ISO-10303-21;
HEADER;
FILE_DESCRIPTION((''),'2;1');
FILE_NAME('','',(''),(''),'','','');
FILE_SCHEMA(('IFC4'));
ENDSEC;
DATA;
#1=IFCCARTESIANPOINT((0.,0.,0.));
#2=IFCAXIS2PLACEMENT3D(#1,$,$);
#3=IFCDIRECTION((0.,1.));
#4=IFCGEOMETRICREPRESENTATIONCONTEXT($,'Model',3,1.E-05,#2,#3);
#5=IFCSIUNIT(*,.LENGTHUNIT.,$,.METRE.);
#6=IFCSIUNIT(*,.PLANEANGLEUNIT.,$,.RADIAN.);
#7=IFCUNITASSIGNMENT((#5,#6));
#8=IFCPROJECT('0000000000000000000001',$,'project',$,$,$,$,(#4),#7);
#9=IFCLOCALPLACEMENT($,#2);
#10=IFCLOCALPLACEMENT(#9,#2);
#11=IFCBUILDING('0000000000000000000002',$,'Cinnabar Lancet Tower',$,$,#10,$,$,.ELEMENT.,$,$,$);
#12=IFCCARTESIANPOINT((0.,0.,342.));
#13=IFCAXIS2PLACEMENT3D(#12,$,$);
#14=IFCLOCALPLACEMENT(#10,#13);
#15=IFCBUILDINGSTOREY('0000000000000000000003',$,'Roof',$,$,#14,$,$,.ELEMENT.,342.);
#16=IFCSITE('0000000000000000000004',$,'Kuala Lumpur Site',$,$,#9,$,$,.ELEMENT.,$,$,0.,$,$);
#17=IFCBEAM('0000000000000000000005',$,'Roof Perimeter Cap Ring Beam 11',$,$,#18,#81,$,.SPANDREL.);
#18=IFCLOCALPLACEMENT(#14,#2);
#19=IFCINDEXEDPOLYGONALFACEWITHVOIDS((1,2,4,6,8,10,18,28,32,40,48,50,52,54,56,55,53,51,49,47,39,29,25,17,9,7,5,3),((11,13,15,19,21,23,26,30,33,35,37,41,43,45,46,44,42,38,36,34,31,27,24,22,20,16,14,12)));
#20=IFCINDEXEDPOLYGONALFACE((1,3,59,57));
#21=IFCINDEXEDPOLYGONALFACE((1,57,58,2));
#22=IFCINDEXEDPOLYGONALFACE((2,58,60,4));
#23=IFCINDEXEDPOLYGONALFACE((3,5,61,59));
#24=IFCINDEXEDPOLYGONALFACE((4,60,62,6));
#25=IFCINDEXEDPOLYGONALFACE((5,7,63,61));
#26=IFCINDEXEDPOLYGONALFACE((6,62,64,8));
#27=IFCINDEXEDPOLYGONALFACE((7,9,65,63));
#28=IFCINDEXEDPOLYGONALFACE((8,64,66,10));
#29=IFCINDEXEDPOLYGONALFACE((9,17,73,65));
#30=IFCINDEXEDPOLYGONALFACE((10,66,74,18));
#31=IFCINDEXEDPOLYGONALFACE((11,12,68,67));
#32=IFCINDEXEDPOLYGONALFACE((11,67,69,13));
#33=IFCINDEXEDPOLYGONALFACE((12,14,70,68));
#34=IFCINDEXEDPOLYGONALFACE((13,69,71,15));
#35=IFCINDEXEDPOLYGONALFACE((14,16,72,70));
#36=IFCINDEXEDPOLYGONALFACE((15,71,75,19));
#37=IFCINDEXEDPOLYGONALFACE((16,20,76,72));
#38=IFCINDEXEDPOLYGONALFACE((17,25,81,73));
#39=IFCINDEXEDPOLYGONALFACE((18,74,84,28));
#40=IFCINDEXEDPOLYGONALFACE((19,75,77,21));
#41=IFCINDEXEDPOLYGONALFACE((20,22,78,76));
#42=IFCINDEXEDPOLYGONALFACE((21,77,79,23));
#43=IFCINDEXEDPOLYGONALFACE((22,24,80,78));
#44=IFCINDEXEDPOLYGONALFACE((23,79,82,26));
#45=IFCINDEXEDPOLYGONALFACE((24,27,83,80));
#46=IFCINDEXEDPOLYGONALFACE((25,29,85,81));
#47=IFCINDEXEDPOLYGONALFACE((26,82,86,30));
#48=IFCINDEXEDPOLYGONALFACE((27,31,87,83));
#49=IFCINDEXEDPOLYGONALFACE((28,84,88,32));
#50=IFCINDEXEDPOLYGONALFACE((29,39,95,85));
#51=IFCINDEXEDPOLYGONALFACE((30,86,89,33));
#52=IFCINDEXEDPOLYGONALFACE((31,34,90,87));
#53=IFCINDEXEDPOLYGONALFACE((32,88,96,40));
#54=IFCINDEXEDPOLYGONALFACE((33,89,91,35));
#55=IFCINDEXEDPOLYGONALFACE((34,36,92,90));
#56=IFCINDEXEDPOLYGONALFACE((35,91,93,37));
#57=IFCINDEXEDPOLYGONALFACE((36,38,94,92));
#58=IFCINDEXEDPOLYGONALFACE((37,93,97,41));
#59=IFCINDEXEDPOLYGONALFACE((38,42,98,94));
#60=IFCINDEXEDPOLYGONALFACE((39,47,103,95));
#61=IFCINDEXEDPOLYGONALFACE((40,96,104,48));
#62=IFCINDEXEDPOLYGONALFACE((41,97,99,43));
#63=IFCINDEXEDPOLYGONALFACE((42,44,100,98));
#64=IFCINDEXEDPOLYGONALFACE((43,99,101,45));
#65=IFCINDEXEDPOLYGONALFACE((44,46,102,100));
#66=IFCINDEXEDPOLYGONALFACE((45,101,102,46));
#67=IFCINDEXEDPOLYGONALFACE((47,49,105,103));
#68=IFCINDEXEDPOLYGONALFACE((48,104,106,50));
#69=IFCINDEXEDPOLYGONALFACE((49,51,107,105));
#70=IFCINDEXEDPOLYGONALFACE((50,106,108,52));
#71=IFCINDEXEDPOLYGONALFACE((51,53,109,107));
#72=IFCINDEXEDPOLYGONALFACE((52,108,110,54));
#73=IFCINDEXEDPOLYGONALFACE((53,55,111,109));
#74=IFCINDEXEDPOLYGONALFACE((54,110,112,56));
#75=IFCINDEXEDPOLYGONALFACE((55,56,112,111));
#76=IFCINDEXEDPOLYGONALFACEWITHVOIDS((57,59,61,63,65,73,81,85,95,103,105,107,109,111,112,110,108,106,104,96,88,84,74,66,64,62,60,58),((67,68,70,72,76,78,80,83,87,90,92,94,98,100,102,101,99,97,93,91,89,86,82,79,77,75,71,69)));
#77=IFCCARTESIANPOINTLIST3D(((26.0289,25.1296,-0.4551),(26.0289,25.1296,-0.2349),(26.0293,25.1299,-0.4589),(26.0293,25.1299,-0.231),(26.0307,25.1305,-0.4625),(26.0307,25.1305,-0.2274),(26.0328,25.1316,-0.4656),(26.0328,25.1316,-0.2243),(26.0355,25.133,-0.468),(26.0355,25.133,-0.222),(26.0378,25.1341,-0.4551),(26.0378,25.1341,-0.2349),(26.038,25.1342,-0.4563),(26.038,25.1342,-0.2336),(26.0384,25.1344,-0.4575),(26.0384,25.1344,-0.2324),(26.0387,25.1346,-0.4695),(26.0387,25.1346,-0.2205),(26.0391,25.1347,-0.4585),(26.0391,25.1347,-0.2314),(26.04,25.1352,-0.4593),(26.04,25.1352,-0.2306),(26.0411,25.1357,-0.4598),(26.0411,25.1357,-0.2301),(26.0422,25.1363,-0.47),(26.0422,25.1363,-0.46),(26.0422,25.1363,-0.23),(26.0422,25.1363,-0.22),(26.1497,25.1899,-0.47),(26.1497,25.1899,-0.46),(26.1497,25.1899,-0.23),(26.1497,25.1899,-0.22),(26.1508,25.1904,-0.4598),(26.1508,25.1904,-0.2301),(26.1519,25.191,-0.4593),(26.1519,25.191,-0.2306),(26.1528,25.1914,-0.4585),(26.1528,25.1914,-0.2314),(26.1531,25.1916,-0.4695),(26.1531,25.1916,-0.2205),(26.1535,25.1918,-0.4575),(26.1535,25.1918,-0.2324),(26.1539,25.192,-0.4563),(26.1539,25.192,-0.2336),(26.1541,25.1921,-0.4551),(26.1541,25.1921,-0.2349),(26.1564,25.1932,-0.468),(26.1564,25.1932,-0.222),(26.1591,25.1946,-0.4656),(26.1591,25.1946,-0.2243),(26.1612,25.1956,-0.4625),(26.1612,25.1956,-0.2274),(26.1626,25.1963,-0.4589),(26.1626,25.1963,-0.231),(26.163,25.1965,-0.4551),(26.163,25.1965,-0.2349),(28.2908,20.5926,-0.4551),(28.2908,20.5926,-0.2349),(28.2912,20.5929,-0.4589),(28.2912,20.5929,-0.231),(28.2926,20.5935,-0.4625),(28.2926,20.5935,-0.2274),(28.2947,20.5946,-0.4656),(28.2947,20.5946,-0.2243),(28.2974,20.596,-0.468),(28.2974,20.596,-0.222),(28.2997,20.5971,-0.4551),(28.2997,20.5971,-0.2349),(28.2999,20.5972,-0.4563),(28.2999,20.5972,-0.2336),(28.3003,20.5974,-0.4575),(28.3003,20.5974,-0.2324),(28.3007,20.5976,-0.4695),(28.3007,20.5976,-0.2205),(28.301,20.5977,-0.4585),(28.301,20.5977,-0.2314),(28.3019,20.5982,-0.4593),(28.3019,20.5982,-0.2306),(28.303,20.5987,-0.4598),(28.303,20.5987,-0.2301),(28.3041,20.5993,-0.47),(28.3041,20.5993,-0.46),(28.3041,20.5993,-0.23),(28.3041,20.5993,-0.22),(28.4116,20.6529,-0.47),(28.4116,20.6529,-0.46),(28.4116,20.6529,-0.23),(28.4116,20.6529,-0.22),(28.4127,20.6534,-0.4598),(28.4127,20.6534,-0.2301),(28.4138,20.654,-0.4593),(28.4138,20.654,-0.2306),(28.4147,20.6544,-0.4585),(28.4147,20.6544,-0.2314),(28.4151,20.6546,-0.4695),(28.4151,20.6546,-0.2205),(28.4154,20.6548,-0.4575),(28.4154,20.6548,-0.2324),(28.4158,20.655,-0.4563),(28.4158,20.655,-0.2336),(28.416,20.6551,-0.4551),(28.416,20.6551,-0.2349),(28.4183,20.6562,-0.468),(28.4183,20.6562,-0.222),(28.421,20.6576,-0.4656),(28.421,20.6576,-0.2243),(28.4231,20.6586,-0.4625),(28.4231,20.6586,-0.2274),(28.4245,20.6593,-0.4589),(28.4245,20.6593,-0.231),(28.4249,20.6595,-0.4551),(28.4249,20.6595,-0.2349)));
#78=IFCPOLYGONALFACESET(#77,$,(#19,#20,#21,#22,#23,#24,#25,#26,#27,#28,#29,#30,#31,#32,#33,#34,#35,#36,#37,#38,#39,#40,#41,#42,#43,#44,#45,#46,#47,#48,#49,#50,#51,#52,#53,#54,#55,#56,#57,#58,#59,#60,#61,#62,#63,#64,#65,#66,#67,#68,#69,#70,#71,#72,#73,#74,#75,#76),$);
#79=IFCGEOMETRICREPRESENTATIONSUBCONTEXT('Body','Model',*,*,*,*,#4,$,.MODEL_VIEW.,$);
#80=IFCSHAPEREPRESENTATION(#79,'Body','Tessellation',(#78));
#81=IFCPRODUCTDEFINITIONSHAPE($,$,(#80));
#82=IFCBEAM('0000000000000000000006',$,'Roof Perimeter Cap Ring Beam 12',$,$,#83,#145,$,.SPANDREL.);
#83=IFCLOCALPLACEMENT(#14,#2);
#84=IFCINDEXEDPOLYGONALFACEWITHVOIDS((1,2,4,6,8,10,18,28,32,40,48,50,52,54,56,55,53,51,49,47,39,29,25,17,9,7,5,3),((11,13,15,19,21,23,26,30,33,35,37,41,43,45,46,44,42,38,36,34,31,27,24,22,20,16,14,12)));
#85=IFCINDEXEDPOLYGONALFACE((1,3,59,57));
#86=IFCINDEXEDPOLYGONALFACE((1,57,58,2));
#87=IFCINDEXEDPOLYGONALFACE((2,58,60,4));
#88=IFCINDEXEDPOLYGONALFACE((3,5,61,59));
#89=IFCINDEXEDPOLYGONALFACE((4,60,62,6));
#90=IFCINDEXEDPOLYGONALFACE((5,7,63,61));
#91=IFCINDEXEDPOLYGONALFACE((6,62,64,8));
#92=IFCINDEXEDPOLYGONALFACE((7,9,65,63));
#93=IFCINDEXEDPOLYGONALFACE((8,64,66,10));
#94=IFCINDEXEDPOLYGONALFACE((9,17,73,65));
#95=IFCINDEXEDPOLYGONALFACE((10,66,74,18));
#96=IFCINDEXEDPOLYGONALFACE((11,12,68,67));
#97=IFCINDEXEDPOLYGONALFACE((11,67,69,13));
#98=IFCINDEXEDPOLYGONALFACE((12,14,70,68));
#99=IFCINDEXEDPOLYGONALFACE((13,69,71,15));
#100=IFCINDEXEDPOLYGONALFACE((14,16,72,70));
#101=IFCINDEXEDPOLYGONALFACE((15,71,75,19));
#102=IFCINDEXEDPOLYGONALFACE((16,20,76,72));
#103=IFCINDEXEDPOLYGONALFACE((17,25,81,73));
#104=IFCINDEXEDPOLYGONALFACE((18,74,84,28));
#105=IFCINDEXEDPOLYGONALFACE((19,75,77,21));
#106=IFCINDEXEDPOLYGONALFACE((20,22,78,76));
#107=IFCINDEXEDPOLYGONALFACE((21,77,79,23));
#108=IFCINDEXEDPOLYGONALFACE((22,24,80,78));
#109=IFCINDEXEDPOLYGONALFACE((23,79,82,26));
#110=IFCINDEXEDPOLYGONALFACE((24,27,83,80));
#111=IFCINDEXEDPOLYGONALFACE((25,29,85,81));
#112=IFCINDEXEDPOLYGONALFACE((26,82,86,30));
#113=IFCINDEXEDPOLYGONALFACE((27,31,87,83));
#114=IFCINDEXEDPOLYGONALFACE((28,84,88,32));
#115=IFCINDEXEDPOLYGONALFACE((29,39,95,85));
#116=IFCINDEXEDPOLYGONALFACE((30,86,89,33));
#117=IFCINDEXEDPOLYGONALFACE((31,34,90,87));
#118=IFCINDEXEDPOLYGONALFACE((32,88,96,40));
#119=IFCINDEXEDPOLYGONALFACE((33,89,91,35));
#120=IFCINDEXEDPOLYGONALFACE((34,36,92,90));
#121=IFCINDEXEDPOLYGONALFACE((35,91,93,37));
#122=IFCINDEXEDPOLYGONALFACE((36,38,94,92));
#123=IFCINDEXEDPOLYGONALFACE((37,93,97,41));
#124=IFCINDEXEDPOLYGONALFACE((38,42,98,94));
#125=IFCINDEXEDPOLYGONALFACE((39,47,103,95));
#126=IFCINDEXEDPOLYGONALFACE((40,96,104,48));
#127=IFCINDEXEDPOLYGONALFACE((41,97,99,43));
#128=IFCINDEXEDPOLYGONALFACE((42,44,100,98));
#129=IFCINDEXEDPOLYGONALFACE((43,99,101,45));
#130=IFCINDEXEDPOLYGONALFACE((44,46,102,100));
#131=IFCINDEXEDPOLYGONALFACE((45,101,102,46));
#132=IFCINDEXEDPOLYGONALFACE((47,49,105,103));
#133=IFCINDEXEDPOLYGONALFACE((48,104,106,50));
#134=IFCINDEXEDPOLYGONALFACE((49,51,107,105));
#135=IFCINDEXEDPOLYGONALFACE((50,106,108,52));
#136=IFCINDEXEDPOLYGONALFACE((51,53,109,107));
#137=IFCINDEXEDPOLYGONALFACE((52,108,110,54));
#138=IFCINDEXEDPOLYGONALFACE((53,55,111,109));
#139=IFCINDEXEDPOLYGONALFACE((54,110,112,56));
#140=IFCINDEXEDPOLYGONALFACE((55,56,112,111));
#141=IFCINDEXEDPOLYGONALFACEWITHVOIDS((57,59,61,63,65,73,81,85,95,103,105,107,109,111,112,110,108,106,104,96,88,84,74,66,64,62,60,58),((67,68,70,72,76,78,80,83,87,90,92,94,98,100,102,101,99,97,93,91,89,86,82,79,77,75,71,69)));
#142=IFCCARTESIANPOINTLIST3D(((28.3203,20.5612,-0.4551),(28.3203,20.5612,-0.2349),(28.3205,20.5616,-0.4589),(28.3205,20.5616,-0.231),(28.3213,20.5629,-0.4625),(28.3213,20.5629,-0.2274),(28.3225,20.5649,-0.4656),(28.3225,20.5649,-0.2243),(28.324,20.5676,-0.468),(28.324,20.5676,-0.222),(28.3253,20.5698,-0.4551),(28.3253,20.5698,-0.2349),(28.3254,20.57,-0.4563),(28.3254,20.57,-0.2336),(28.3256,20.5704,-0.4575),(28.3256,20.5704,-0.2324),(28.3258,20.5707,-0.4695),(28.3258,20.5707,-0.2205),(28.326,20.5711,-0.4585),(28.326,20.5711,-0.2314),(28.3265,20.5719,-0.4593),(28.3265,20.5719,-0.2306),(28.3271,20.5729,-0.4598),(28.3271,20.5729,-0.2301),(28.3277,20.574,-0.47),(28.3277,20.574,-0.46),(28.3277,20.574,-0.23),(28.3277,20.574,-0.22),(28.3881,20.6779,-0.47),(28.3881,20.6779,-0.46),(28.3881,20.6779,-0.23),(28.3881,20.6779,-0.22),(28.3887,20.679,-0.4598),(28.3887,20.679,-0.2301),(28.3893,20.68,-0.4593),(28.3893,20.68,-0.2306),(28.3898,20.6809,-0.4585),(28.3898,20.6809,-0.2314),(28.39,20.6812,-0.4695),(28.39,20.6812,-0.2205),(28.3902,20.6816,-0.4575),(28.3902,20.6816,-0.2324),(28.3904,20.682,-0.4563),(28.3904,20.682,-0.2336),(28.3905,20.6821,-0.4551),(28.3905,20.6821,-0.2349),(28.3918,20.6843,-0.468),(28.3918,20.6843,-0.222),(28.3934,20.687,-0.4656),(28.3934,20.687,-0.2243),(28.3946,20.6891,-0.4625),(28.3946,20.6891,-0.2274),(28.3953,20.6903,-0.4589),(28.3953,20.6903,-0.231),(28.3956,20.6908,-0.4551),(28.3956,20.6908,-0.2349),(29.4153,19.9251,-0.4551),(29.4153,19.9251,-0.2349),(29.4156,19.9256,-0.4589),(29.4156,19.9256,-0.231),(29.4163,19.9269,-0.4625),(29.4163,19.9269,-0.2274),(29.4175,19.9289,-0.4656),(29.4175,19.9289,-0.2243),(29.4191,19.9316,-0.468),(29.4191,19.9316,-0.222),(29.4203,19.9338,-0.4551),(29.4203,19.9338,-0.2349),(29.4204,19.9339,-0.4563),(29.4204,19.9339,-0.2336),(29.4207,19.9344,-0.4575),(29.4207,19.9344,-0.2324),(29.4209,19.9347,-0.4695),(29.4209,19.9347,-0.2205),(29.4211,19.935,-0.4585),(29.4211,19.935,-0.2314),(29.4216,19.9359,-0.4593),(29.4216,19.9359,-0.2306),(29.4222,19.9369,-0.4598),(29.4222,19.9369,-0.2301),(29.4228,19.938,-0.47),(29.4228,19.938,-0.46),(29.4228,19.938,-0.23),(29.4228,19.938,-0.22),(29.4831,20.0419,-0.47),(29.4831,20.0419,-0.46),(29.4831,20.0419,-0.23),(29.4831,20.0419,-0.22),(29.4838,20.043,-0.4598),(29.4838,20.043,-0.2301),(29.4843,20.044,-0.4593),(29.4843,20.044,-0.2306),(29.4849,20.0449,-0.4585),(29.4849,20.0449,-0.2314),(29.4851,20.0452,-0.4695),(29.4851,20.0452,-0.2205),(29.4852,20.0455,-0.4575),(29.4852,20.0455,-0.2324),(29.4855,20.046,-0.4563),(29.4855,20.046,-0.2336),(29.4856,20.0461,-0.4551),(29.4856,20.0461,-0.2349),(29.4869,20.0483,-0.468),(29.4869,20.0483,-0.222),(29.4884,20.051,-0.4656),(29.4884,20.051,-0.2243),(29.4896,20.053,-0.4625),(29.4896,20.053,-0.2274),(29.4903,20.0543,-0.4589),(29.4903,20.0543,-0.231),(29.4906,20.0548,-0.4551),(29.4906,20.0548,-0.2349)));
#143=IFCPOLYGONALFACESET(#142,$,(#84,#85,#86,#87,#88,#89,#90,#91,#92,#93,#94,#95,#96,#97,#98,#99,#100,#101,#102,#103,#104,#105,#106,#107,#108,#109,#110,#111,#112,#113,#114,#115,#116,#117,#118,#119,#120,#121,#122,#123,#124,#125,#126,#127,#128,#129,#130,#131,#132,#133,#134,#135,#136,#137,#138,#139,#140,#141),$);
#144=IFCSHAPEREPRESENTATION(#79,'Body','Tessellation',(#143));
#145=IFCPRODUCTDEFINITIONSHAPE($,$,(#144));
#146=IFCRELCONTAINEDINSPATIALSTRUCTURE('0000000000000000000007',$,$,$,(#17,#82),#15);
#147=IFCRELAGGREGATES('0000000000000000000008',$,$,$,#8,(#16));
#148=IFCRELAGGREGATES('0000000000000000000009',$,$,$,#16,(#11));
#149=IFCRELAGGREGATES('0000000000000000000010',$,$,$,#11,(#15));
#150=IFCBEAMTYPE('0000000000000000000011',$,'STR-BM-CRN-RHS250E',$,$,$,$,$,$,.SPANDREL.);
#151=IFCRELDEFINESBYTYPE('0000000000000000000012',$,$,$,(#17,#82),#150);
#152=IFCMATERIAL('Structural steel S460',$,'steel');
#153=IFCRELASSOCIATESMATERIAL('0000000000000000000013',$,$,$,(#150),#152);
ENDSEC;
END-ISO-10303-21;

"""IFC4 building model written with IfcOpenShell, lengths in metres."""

from ifc_helpers import new_model, si_unit, direction, frame, origin, origin_2d, place, context, subcontext, project, spatial, hollow_rectangle, extrude, material, material_profile, profile_set, type_object, element, save


model = new_model("IFC4")

# Units and contexts
model_context = context("Model", 3, precision=1e-05, world=origin(), true_north=direction((0.0, 1.0)))
body_context = subcontext(model_context, "Body", "Model", "MODEL_VIEW")
ifc_project = project(units=[si_unit("LENGTHUNIT", "METRE"), si_unit("PLANEANGLEUNIT", "RADIAN")], contexts=[model_context])

# Site, building, storey
site_placement = place(None, origin())
site = spatial("IfcSite", under=ifc_project, at=site_placement, Name="Kuala Lumpur Site", CompositionType="ELEMENT", RefElevation=0.0)
building_placement = place(site_placement, origin())
building = spatial("IfcBuilding", under=site, at=building_placement, Name="Cinnabar Lancet Tower", CompositionType="ELEMENT")
storey_placement = place(building_placement, frame((0.0, 0.0, 342.0)))
storey = spatial("IfcBuildingStorey", under=building, at=storey_placement, Name="Roof", CompositionType="ELEMENT", Elevation=342.0)

# Beams
ifc_material_1 = material(Name="Structural steel S460", Category="steel")
ifc_material_profile_1 = material_profile(ifc_material_1, hollow_rectangle(XDim=0.1499, YDim=0.25, WallThickness=0.01, InnerFilletRadius=0.0049, OuterFilletRadius=0.0149, at=origin_2d()), Name="RHS 250x150x10")
ifc_profile_set_1 = profile_set([ifc_material_profile_1], Name="Structural steel S460")
beam_type_1 = type_object("IfcBeamType", Name="STR-BM-CRN-RHS250E", PredefinedType="SPANDREL", material=ifc_profile_set_1)
beam_1_placement = place(storey_placement, frame((26.0959, 25.1631, -0.345), z_axis=(0.446173, -0.894947, 0.0), x_axis=(0.894947, 0.446173, 0.0)))
element("IfcBeam", 1, at=beam_1_placement, inside=storey, type_object=beam_type_1, Name="Roof Perimeter Cap Ring Beam 11", PredefinedType="SPANDREL", context=body_context, shape_type="SweptSolid", body=[
    extrude(hollow_rectangle(XDim=0.1499, YDim=0.25, WallThickness=0.01, InnerFilletRadius=0.0049, OuterFilletRadius=0.0149, at=origin_2d()), origin(), (0.0, 0.0, 1.0), 5.0696),
])
beam_2_placement = place(storey_placement, frame((28.3579, 20.626, -0.345), z_axis=(0.864721, -0.502252, 0.0), x_axis=(0.502252, 0.864721, 0.0)))
element("IfcBeam", 2, at=beam_2_placement, inside=storey, type_object=beam_type_1, Name="Roof Perimeter Cap Ring Beam 12", PredefinedType="SPANDREL", context=body_context, shape_type="SweptSolid", body=[
    extrude(hollow_rectangle(XDim=0.1499, YDim=0.25, WallThickness=0.01, InnerFilletRadius=0.0049, OuterFilletRadius=0.0149, at=origin_2d()), origin(), (0.0, 0.0, 1.0), 1.2664),
])

save(model, "model.ifc")
